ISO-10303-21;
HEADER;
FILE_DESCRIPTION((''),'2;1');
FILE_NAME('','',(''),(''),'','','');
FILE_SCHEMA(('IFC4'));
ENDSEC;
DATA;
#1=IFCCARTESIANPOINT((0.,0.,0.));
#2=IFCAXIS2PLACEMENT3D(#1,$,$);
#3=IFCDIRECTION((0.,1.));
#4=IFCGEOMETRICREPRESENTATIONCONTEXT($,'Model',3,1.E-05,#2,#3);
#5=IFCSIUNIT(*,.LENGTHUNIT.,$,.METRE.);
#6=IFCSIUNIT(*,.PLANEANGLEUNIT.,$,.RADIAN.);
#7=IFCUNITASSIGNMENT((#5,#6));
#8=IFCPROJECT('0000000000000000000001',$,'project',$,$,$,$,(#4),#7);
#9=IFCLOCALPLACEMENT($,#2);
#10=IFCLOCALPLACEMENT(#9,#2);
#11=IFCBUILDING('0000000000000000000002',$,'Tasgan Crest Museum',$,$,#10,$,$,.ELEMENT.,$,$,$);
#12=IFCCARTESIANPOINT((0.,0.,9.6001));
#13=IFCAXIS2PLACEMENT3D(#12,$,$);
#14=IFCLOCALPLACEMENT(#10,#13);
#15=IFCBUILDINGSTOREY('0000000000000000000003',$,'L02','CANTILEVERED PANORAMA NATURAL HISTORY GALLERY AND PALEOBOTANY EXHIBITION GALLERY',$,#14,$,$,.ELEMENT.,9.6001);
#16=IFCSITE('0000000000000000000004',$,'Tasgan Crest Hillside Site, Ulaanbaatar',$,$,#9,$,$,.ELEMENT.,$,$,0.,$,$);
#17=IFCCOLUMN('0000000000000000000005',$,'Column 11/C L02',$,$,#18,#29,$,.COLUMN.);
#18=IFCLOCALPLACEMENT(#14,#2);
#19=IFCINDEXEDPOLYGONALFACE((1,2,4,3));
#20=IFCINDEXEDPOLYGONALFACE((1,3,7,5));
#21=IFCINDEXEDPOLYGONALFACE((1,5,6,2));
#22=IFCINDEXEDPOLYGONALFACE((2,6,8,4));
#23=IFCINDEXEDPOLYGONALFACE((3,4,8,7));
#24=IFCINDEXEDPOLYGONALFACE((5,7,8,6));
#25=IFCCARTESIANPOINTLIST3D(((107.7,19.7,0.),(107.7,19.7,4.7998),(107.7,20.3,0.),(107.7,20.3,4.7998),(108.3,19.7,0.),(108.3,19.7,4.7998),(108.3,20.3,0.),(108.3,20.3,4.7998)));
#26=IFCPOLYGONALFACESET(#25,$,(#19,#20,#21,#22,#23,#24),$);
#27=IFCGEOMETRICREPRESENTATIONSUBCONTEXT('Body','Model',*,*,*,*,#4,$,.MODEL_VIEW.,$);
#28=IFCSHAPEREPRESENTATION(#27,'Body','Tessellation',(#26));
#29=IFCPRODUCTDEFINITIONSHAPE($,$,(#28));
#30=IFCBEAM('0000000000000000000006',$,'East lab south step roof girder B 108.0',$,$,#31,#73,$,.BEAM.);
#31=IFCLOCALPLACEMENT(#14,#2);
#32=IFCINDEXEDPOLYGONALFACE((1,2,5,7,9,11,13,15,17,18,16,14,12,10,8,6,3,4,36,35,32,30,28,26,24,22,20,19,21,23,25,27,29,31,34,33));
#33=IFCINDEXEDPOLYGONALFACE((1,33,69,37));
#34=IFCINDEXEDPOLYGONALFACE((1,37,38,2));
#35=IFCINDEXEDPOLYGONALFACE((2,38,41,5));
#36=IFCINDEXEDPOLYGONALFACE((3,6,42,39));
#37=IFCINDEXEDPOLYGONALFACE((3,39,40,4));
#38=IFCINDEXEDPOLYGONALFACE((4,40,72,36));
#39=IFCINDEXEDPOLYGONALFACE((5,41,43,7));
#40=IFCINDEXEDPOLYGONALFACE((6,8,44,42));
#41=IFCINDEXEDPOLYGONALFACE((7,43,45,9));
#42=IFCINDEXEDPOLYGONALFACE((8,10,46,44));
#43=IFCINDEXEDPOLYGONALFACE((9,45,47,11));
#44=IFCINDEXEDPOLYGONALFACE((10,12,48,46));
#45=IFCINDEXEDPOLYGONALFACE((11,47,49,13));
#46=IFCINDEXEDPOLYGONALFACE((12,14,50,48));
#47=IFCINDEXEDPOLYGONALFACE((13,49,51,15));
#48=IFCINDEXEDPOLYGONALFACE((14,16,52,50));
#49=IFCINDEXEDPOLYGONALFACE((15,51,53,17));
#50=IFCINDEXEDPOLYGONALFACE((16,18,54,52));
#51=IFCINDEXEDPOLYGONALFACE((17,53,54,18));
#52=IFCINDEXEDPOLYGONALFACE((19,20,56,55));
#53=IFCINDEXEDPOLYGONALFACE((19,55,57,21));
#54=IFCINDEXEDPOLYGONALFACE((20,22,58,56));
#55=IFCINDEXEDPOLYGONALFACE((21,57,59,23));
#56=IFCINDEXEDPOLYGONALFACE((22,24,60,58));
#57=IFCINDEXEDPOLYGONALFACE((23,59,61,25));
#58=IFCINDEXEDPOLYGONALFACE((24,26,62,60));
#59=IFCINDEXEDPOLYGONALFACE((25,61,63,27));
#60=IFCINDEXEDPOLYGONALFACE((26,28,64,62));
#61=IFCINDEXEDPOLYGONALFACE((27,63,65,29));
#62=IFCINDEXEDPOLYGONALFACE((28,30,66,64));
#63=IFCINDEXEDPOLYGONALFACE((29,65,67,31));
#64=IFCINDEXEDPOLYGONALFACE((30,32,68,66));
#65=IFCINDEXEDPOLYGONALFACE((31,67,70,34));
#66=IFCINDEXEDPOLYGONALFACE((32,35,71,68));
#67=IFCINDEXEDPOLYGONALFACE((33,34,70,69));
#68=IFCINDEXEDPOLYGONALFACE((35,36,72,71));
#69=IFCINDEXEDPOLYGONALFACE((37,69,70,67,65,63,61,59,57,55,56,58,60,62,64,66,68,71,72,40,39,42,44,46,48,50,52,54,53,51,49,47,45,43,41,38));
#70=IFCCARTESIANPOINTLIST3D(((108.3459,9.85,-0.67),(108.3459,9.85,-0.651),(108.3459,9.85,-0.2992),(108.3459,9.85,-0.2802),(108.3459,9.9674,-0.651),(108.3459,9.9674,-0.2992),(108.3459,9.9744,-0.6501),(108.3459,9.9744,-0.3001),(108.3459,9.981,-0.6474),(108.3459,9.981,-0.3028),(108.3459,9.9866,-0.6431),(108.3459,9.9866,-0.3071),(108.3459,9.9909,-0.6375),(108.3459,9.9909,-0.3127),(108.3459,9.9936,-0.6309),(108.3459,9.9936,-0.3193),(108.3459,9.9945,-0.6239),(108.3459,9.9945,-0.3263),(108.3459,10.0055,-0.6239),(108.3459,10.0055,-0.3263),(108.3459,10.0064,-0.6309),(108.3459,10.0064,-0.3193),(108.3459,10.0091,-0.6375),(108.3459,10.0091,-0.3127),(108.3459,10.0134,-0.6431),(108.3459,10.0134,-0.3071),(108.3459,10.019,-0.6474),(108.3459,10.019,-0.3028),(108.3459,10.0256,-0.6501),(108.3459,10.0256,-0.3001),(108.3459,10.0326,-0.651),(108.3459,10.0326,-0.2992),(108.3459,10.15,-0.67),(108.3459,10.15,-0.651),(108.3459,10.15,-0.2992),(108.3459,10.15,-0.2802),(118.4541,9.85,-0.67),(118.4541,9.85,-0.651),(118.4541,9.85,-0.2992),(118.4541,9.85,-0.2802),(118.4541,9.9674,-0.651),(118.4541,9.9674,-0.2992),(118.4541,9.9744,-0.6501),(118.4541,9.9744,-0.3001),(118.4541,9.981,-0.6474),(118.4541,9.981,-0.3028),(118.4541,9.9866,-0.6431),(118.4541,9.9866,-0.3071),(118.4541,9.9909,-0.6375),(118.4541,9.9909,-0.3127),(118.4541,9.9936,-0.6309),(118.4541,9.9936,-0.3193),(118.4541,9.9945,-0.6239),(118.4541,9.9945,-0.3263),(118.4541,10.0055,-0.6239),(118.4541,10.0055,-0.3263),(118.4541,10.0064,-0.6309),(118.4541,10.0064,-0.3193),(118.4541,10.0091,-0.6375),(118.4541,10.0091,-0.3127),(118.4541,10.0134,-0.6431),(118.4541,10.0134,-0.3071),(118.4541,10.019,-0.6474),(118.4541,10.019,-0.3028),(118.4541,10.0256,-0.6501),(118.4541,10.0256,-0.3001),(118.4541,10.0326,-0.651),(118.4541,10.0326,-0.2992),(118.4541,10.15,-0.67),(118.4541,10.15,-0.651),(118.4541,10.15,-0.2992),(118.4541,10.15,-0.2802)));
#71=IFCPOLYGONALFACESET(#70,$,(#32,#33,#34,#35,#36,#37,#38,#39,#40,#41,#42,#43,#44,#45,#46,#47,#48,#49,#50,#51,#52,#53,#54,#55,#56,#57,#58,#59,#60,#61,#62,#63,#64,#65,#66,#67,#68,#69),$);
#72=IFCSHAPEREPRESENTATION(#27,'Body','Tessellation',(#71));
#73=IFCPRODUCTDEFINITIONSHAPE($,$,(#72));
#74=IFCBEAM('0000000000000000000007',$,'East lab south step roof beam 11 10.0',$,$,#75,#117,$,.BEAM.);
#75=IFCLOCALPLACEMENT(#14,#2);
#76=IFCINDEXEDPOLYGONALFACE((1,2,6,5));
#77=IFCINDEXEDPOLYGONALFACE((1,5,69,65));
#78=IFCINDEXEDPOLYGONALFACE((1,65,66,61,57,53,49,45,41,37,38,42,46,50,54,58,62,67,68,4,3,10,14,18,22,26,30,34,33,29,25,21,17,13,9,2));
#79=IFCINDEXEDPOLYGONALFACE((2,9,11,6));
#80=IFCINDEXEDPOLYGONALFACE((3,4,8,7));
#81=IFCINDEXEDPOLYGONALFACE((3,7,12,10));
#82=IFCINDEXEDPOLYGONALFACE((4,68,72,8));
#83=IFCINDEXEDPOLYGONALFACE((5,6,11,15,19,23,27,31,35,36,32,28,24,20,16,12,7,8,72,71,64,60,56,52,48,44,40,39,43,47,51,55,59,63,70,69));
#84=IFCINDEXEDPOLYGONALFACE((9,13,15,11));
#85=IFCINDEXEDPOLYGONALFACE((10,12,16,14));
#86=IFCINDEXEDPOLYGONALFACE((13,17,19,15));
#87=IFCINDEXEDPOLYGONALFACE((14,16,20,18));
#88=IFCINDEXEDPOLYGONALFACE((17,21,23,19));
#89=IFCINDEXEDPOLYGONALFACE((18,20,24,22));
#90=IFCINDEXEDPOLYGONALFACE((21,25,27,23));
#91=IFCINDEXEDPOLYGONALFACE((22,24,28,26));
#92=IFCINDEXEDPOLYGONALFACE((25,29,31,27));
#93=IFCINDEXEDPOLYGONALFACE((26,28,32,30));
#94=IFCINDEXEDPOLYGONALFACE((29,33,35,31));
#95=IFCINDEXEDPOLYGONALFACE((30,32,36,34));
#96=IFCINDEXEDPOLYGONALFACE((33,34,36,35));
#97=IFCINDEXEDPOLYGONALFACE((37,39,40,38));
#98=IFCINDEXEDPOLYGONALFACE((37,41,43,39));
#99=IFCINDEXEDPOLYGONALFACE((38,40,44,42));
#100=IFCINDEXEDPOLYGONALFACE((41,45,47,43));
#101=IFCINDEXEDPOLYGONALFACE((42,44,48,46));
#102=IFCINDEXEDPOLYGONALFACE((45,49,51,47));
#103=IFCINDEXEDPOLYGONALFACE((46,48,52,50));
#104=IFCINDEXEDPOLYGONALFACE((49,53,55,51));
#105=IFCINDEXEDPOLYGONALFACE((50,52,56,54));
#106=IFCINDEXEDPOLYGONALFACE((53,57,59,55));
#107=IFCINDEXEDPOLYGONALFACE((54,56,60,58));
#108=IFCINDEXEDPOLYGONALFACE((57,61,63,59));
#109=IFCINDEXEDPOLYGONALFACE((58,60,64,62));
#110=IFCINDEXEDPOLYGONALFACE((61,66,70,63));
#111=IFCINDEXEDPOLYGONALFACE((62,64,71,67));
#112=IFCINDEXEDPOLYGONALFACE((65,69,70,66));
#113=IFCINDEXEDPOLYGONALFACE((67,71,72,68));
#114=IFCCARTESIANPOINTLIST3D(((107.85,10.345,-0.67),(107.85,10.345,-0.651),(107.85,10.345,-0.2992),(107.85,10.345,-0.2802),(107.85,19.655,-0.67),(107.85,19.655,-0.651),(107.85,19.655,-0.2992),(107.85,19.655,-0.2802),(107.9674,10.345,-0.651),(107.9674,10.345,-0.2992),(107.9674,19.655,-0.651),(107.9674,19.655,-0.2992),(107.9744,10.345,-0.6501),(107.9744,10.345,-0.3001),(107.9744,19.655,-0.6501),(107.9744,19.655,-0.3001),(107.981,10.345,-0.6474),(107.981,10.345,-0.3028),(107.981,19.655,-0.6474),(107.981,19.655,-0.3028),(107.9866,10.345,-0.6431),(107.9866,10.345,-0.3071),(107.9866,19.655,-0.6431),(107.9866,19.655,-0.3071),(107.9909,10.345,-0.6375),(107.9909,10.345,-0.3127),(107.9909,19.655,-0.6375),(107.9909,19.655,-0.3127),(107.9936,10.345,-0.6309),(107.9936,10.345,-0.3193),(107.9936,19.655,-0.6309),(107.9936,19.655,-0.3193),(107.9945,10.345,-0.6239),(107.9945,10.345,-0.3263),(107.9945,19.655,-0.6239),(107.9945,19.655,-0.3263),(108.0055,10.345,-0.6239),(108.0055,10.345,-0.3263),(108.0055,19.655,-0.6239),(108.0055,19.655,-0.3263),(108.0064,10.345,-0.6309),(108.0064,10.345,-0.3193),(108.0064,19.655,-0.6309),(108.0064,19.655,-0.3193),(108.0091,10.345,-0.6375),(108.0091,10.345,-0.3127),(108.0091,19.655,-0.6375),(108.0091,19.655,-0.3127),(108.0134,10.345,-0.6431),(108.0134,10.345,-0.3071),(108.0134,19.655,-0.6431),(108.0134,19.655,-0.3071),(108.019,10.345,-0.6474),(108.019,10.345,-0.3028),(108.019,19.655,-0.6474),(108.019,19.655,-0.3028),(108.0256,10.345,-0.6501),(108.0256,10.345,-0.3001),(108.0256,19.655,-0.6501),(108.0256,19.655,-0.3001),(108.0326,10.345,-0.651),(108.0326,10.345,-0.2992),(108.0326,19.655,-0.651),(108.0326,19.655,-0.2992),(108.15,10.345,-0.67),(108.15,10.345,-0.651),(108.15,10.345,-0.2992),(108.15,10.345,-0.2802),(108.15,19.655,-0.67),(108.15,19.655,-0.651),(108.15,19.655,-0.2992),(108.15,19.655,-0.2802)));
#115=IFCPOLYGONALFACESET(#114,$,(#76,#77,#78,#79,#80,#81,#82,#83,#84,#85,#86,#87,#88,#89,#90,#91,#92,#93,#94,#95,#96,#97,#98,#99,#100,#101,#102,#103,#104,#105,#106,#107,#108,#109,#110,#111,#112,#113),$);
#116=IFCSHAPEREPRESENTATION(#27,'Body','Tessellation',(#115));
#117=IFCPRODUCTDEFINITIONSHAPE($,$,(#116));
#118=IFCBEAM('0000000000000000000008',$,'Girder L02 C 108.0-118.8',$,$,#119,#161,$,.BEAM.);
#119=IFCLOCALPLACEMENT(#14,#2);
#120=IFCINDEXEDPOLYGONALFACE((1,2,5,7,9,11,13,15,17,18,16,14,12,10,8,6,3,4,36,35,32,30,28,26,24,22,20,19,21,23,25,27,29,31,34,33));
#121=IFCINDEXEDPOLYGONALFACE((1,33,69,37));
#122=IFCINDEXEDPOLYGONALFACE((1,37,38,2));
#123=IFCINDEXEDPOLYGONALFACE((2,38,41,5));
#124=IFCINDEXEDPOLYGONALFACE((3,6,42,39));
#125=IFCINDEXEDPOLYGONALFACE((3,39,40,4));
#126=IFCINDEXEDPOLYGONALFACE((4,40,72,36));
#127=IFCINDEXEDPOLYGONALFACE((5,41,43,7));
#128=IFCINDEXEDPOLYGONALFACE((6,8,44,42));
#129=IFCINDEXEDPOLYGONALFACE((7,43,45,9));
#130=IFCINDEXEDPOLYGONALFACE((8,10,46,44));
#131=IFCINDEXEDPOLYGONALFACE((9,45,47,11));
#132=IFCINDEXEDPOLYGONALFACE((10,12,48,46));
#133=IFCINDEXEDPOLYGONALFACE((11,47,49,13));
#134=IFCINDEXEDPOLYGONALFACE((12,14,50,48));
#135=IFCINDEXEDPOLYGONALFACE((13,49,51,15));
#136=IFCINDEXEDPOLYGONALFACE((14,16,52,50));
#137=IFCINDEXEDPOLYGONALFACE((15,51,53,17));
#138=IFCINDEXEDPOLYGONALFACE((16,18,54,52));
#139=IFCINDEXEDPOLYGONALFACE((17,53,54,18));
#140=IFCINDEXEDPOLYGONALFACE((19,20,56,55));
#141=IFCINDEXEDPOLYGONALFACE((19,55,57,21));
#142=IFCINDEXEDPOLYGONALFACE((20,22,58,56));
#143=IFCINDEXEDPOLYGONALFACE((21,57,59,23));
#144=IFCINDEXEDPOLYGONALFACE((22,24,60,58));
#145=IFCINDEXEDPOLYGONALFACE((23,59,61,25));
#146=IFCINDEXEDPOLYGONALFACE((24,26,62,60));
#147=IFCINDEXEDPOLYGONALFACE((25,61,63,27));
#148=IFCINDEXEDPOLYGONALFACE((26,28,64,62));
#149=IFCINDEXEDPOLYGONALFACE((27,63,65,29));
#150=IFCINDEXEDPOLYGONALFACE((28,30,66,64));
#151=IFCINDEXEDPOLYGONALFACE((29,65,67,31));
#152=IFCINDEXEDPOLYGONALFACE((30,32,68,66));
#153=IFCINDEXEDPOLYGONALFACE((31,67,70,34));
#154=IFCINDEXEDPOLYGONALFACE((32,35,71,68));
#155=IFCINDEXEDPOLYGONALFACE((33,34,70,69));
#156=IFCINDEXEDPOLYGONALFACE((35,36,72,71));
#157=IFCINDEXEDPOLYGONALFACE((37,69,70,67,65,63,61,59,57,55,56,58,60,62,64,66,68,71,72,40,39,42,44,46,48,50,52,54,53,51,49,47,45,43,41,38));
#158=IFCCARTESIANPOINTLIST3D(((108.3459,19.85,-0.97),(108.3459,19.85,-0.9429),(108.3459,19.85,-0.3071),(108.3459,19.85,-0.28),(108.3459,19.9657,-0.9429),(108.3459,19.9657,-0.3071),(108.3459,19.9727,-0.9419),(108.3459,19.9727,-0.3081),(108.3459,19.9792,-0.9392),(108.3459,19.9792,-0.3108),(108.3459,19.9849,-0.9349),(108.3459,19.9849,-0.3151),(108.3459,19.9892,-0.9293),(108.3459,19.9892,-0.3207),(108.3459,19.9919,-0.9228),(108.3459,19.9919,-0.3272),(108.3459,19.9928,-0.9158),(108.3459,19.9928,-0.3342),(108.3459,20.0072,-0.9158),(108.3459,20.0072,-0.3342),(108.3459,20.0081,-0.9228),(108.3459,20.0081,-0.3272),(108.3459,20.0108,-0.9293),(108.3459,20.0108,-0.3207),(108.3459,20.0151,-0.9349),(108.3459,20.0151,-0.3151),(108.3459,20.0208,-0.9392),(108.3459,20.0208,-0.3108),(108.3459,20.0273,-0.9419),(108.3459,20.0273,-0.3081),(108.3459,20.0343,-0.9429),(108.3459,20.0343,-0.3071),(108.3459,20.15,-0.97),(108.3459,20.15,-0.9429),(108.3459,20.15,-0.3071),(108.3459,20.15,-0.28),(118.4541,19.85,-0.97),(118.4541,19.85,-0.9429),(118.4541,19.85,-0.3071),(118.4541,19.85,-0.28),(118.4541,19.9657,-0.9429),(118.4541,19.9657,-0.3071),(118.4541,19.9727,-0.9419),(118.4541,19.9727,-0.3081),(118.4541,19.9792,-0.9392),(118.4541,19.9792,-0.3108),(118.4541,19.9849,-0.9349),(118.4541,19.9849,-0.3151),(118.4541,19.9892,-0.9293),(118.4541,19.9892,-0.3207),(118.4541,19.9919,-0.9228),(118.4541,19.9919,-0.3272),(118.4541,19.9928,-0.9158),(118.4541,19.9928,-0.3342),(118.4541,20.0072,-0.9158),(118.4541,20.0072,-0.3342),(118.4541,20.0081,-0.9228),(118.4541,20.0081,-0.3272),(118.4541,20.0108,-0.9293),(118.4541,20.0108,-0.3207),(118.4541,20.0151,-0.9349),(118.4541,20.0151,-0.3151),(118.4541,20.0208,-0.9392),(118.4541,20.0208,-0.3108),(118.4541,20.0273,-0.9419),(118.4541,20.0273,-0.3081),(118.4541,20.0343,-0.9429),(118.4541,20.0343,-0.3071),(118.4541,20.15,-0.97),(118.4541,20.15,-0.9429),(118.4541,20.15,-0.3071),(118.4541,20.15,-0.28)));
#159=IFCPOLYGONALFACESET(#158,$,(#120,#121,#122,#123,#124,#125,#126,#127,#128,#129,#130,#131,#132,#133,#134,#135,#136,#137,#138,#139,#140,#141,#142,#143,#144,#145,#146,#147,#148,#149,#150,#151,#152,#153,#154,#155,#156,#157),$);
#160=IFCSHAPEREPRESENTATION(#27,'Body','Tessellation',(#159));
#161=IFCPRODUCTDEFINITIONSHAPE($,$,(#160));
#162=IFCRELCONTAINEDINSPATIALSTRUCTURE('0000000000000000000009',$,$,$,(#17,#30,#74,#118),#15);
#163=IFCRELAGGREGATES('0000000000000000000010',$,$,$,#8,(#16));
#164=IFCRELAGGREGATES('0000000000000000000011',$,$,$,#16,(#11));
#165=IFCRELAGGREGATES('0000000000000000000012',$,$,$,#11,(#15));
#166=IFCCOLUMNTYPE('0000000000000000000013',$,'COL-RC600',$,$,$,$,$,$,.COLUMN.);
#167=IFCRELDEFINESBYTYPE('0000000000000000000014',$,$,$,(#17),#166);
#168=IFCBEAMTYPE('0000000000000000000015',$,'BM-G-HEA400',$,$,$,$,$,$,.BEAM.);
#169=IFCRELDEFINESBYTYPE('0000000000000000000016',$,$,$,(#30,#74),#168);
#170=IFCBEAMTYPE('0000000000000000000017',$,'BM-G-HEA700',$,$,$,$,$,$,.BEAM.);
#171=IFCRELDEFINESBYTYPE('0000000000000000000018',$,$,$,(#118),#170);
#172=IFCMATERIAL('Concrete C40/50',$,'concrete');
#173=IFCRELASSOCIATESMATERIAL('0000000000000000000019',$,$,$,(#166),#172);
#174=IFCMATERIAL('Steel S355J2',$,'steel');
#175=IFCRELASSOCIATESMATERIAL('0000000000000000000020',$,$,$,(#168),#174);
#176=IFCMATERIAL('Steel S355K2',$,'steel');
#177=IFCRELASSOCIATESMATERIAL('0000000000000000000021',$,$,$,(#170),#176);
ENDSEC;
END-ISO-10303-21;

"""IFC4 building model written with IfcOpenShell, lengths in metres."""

from ifc_helpers import new_model, si_unit, direction, frame, origin, origin_2d, place, context, subcontext, project, spatial, rectangle, i_section, extrude, material, material_profile, profile_set, type_object, element, save


model = new_model("IFC4")

# Units and contexts
model_context = context("Model", 3, precision=1e-05, world=origin(), true_north=direction((0.0, 1.0)))
body_context = subcontext(model_context, "Body", "Model", "MODEL_VIEW")
ifc_project = project(units=[si_unit("LENGTHUNIT", "METRE"), si_unit("PLANEANGLEUNIT", "RADIAN")], contexts=[model_context])

# Site, building, storey
site_placement = place(None, origin())
site = spatial("IfcSite", under=ifc_project, at=site_placement, Name="Tasgan Crest Hillside Site, Ulaanbaatar", CompositionType="ELEMENT", RefElevation=0.0)
building_placement = place(site_placement, origin())
building = spatial("IfcBuilding", under=site, at=building_placement, Name="Tasgan Crest Museum", CompositionType="ELEMENT")
storey_placement = place(building_placement, frame((0.0, 0.0, 9.6001)))
storey = spatial("IfcBuildingStorey", under=building, at=storey_placement, Name="L02", Description="CANTILEVERED PANORAMA NATURAL HISTORY GALLERY AND PALEOBOTANY EXHIBITION GALLERY", CompositionType="ELEMENT", Elevation=9.6001)

# Column
ifc_material_1 = material(Name="Concrete C40/50", Category="concrete")
ifc_material_profile_1 = material_profile(ifc_material_1, rectangle(XDim=0.6001, YDim=0.6001, at=origin_2d()), Name="RC 600x600")
ifc_profile_set_1 = profile_set([ifc_material_profile_1], Name="Concrete C40/50")
column_type = type_object("IfcColumnType", Name="COL-RC600", PredefinedType="COLUMN", material=ifc_profile_set_1)
column_placement = place(storey_placement, frame((108.0, 20.0, 0.0), z_axis=(0.0, 0.0, 1.0), x_axis=(1.0, 0.0, 0.0)))
element("IfcColumn", 1, at=column_placement, inside=storey, type_object=column_type, Name="Column 11/C L02", PredefinedType="COLUMN", context=body_context, shape_type="SweptSolid", body=[
    extrude(rectangle(XDim=0.6001, YDim=0.6001, at=origin_2d()), origin(), (0.0, 0.0, 1.0), 4.7998),
])

# Beams
ifc_material_2 = material(Name="Steel S355J2", Category="steel")
ifc_material_profile_2 = material_profile(ifc_material_2, i_section(OverallWidth=0.3, OverallDepth=0.3899, WebThickness=0.011, FlangeThickness=0.019, FilletRadius=0.0271, at=origin_2d()), Name="HEA 400")
ifc_profile_set_2 = profile_set([ifc_material_profile_2], Name="Steel S355J2")
beam_type_1 = type_object("IfcBeamType", Name="BM-G-HEA400", PredefinedType="BEAM", material=ifc_profile_set_2)
beam_1_placement = place(storey_placement, frame((108.3459, 10.0, -0.4751), z_axis=(1.0, 0.0, 0.0), x_axis=(0.0, 1.0, 0.0)))
element("IfcBeam", 2, at=beam_1_placement, inside=storey, type_object=beam_type_1, Name="East lab south step roof girder B 108.0", PredefinedType="BEAM", context=body_context, shape_type="SweptSolid", body=[
    extrude(i_section(OverallWidth=0.3, OverallDepth=0.3899, WebThickness=0.011, FlangeThickness=0.019, FilletRadius=0.0271, at=origin_2d()), origin(), (0.0, 0.0, 1.0), 10.1082),
])
beam_2_placement = place(storey_placement, frame((108.0, 10.345, -0.4751), z_axis=(0.0, 1.0, 0.0), x_axis=(-1.0, 0.0, 0.0)))
element("IfcBeam", 3, at=beam_2_placement, inside=storey, type_object=beam_type_1, Name="East lab south step roof beam 11 10.0", PredefinedType="BEAM", context=body_context, shape_type="SweptSolid", body=[
    extrude(i_section(OverallWidth=0.3, OverallDepth=0.3899, WebThickness=0.011, FlangeThickness=0.019, FilletRadius=0.0271, at=origin_2d()), origin(), (0.0, 0.0, 1.0), 9.3101),
])
ifc_material_3 = material(Name="Steel S355K2", Category="steel")
ifc_material_profile_3 = material_profile(ifc_material_3, i_section(OverallWidth=0.3, OverallDepth=0.6899, WebThickness=0.0144, FlangeThickness=0.0271, FilletRadius=0.0271, at=origin_2d()), Name="HEA 700")
ifc_profile_set_3 = profile_set([ifc_material_profile_3], Name="Steel S355K2")
beam_type_2 = type_object("IfcBeamType", Name="BM-G-HEA700", PredefinedType="BEAM", material=ifc_profile_set_3)
beam_3_placement = place(storey_placement, frame((108.3459, 20.0, -0.625), z_axis=(1.0, 0.0, 0.0), x_axis=(0.0, 1.0, 0.0)))
element("IfcBeam", 4, at=beam_3_placement, inside=storey, type_object=beam_type_2, Name="Girder L02 C 108.0-118.8", PredefinedType="BEAM", context=body_context, shape_type="SweptSolid", body=[
    extrude(i_section(OverallWidth=0.3, OverallDepth=0.6899, WebThickness=0.0144, FlangeThickness=0.0271, FilletRadius=0.0271, at=origin_2d()), origin(), (0.0, 0.0, 1.0), 10.1082),
])

save(model, "model.ifc")
